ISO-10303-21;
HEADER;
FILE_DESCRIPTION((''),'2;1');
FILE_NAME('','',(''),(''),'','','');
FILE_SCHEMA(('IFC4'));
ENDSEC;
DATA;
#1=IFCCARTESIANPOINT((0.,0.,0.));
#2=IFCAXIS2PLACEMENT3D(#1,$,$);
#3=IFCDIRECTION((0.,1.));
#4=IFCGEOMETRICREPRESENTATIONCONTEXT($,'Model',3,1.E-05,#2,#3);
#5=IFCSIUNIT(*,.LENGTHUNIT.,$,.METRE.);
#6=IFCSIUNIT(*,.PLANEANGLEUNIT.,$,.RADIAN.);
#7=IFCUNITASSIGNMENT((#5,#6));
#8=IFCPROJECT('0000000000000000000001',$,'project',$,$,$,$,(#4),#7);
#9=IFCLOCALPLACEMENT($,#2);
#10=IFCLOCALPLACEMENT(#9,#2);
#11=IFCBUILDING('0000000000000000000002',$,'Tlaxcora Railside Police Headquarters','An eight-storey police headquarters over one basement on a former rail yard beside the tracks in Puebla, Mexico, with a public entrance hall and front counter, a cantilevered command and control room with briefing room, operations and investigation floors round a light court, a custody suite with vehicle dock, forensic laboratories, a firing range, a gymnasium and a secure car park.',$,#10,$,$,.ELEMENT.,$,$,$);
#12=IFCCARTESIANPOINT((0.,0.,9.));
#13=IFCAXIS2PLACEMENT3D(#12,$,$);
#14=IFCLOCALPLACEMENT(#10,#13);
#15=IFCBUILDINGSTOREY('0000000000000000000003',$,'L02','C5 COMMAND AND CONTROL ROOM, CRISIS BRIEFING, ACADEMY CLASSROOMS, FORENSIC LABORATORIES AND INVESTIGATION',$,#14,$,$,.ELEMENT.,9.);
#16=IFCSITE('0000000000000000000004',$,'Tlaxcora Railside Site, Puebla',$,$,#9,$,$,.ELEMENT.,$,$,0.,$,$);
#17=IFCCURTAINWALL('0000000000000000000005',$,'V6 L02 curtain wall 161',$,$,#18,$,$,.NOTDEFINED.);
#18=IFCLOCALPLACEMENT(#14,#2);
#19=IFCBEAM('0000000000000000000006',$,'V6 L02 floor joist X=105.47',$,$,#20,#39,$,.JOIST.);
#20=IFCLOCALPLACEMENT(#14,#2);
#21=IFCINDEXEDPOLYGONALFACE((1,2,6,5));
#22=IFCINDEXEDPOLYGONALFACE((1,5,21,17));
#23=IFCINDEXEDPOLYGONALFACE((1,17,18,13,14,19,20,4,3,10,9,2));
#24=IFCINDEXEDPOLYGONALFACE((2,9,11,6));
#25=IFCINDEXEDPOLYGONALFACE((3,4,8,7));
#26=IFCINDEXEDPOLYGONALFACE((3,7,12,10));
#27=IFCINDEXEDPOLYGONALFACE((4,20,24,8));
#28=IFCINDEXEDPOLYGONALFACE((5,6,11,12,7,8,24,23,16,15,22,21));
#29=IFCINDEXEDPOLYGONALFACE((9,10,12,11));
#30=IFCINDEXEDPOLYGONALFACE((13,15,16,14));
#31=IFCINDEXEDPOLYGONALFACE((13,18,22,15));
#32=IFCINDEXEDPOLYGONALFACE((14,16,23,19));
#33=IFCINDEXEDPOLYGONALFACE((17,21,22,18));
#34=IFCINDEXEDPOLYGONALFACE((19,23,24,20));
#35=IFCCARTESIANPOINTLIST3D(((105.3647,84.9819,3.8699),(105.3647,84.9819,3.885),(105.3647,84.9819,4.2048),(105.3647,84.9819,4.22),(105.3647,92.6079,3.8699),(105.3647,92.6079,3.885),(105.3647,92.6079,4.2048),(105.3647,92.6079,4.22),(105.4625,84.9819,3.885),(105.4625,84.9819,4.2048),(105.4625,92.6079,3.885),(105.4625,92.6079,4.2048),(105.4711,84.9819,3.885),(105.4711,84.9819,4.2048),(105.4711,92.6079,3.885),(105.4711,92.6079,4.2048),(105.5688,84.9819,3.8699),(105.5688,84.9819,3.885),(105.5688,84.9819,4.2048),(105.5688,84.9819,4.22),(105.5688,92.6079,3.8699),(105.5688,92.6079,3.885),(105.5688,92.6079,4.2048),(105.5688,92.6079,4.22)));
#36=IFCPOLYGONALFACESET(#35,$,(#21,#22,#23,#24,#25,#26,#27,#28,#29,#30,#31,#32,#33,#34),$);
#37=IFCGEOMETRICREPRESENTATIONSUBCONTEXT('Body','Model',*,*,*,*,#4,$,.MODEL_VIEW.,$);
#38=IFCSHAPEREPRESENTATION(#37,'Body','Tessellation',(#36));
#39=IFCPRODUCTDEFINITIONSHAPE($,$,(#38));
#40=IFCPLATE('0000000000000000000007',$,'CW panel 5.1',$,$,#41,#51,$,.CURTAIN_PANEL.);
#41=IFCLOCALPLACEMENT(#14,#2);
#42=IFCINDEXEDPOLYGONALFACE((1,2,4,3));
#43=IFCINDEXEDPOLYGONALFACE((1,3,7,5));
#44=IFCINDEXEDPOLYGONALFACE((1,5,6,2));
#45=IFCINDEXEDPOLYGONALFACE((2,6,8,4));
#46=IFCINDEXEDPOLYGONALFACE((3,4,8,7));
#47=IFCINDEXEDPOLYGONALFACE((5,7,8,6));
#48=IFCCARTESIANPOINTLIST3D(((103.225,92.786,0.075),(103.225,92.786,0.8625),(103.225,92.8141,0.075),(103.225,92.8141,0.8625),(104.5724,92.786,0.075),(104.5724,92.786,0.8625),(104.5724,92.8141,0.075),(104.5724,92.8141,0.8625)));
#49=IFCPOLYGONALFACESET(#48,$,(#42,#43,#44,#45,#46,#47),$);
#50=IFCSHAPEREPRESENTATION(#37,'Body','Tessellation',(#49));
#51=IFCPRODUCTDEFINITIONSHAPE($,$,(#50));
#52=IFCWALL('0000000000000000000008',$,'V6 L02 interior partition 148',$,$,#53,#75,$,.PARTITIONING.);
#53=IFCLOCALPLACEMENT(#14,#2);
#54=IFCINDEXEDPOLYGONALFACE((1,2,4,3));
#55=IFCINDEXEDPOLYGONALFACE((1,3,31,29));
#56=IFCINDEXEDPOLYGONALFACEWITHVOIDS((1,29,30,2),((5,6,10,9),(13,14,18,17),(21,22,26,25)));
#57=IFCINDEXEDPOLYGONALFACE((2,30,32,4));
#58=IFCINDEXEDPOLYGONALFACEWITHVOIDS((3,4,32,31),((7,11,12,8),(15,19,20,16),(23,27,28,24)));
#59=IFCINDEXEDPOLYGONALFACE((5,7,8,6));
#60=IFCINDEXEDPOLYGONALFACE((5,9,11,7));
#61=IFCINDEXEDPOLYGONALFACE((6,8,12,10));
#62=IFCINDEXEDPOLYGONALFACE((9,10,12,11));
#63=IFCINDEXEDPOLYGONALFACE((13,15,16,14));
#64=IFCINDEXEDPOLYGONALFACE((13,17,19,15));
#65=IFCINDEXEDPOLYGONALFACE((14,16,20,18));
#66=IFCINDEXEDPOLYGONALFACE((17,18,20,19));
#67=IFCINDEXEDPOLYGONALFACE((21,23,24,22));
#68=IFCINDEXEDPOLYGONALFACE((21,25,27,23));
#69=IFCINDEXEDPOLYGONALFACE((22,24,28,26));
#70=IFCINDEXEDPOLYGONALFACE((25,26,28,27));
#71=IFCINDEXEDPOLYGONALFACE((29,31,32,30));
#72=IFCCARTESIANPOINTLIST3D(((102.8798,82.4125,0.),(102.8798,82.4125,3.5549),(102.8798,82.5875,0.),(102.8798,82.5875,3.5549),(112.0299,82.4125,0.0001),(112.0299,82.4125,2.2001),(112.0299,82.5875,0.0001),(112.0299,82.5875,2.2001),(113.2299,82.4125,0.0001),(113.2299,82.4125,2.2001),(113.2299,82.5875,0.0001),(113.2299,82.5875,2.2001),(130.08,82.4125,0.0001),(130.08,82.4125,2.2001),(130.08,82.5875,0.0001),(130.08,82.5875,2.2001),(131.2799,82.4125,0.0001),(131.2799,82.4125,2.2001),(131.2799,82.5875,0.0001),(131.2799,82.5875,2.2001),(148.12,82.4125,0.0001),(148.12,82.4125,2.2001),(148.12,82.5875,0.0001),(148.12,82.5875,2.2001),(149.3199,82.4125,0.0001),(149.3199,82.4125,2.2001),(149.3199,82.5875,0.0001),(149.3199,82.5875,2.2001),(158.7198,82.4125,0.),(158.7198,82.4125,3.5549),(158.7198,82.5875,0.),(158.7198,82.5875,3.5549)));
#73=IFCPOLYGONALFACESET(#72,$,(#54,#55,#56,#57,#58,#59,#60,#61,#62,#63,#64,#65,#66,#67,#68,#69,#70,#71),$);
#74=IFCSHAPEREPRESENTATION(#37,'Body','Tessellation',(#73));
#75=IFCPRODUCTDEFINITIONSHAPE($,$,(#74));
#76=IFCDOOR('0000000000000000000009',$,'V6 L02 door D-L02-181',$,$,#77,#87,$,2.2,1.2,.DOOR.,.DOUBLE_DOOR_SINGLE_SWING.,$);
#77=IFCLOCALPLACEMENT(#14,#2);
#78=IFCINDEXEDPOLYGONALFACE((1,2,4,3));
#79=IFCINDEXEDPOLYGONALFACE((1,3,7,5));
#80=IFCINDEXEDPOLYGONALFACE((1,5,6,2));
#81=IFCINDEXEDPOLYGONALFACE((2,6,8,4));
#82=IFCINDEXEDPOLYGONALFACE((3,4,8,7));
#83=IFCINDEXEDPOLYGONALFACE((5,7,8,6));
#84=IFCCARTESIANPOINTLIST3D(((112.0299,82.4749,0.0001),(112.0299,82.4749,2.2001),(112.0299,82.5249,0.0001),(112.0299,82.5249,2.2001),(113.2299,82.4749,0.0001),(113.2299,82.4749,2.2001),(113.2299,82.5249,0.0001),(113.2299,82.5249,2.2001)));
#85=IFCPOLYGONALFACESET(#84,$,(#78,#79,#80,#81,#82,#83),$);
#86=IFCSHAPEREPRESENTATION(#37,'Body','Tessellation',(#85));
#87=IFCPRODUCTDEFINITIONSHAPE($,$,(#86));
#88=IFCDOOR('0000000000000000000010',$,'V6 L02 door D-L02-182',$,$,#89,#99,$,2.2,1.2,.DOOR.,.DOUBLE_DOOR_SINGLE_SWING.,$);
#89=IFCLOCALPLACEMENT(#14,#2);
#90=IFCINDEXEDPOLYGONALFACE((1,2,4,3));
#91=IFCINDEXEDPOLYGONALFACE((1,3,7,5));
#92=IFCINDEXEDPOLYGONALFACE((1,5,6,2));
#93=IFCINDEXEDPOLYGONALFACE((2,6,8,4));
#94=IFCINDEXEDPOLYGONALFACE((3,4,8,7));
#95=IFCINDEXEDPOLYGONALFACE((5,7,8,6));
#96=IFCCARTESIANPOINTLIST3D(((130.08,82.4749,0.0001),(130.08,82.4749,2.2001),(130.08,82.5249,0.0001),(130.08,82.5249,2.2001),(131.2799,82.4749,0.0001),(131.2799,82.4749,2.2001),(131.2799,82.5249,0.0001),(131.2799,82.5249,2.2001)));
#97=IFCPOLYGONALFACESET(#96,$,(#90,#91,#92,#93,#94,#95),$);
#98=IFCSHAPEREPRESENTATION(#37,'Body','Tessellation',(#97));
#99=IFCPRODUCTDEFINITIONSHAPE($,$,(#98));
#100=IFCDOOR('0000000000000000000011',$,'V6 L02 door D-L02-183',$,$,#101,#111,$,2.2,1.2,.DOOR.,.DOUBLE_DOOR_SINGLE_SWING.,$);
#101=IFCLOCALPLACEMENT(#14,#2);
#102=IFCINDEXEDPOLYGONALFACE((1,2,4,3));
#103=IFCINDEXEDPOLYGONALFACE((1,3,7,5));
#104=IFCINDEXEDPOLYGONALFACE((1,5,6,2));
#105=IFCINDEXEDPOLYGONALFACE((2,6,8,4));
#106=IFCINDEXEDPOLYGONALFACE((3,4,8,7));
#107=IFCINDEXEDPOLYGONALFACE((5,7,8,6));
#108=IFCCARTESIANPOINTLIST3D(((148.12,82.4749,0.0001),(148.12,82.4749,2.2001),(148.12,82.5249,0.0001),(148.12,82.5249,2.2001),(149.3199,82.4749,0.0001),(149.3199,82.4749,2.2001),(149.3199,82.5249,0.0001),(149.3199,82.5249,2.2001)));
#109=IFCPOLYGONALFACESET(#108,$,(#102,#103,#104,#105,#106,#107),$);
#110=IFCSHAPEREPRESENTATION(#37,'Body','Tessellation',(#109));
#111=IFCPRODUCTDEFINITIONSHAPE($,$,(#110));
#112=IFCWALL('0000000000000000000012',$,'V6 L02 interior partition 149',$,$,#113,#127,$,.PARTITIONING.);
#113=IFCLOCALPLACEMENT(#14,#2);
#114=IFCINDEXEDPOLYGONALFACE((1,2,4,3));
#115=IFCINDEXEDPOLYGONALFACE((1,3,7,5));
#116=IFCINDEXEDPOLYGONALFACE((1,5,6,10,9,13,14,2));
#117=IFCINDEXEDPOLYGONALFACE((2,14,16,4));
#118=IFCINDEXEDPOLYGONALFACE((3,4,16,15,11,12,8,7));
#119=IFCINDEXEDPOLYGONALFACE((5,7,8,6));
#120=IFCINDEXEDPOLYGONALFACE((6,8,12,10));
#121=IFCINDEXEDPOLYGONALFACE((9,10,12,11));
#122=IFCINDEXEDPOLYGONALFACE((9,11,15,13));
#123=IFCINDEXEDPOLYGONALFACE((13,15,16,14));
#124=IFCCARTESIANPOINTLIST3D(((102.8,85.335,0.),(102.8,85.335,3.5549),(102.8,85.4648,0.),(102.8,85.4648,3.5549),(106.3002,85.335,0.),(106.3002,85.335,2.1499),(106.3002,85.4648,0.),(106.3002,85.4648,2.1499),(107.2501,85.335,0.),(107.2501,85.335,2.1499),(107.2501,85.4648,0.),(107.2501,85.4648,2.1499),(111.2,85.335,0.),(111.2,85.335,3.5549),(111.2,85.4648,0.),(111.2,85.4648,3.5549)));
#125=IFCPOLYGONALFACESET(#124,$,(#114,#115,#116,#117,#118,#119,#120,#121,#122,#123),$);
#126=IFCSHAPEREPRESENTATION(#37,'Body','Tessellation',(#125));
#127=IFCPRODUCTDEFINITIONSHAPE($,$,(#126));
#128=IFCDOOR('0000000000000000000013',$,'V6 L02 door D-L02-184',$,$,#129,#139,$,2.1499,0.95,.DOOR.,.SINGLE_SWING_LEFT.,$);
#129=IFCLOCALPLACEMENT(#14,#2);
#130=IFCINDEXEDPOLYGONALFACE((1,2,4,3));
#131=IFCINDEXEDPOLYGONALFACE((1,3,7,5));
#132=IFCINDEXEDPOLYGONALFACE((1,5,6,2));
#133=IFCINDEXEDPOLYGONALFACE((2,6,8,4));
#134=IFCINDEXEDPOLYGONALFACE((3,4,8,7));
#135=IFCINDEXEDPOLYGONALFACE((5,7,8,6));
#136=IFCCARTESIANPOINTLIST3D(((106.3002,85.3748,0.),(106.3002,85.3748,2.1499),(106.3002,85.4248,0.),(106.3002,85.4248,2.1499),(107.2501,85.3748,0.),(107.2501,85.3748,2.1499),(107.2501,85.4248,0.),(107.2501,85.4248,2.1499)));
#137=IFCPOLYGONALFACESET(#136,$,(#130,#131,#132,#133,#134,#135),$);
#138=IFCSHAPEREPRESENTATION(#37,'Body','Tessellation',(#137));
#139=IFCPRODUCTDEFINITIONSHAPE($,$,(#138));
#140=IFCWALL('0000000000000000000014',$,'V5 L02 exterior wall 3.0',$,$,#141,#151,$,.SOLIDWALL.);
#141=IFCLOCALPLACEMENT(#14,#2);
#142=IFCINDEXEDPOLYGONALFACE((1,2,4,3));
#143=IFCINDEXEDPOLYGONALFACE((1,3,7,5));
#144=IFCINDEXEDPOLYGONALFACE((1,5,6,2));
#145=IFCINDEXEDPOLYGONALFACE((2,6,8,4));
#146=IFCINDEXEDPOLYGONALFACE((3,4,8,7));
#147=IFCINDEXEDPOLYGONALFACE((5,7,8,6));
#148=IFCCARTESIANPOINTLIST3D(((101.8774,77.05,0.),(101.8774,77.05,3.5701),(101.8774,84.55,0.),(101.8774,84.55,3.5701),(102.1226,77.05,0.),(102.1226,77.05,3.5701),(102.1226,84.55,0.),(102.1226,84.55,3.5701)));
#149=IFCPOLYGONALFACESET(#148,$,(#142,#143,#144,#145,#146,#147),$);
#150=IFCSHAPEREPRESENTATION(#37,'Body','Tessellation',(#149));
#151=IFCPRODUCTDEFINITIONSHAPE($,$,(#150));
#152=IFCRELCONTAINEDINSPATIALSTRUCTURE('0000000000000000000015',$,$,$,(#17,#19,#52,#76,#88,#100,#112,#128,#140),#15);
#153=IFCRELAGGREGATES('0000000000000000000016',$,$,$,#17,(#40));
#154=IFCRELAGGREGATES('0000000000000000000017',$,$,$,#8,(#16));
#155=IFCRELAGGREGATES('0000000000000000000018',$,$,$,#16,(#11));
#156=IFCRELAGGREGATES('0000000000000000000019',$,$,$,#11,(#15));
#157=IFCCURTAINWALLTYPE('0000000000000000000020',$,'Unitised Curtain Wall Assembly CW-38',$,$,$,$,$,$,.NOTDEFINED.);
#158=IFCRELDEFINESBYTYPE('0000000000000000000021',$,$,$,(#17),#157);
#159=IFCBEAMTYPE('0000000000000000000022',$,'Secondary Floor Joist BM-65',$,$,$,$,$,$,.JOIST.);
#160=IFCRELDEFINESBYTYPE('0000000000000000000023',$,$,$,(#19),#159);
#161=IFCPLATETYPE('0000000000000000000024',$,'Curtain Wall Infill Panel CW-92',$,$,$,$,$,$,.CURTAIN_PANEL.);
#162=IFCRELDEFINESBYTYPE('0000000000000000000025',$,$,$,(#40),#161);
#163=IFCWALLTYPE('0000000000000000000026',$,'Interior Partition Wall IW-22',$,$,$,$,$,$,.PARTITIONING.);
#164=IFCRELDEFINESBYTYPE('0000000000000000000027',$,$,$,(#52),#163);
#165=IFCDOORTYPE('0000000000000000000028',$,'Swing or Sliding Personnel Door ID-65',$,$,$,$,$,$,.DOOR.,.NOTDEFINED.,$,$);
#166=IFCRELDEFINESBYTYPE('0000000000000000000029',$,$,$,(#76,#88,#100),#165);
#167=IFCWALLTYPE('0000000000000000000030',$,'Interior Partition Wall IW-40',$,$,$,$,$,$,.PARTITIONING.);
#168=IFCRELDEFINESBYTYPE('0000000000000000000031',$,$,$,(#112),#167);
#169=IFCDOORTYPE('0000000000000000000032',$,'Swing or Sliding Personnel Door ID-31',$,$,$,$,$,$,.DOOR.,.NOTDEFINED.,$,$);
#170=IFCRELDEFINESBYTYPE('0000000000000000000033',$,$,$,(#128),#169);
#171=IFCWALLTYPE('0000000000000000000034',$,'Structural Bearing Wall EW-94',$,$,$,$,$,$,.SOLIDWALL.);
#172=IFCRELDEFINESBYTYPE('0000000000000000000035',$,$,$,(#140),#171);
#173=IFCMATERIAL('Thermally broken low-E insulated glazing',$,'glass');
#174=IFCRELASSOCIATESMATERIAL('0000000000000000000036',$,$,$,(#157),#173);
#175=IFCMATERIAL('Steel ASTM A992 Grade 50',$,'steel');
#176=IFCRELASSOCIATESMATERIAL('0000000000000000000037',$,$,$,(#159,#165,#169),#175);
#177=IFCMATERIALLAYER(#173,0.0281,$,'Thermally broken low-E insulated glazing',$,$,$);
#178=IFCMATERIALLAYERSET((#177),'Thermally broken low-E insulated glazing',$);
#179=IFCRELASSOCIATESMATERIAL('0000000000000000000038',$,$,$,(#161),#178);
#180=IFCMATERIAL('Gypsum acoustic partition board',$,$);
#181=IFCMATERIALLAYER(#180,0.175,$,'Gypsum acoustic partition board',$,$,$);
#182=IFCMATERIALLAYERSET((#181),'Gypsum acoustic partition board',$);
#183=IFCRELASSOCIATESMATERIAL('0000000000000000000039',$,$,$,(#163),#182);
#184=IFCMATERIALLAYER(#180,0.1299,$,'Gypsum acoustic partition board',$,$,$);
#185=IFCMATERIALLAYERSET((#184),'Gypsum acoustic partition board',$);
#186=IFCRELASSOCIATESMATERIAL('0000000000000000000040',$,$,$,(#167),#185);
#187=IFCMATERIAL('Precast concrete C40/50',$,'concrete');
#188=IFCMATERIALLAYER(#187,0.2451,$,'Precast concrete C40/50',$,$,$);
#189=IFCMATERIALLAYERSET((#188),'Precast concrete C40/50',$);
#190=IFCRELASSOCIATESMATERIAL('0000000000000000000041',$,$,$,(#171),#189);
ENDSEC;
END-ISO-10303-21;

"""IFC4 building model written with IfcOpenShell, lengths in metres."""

from ifc_helpers import new_model, si_unit, direction, frame, frame_2d, origin, origin_2d, place, context, subcontext, project, spatial, rectangle, i_section, extrude, material, layer, layer_set, material_profile, profile_set, type_object, element, fill, aggregate, save


model = new_model("IFC4")

# Units and contexts
model_context = context("Model", 3, precision=1e-05, world=origin(), true_north=direction((0.0, 1.0)))
body_context = subcontext(model_context, "Body", "Model", "MODEL_VIEW")
ifc_project = project(units=[si_unit("LENGTHUNIT", "METRE"), si_unit("PLANEANGLEUNIT", "RADIAN")], contexts=[model_context])

# Site, building, storey
site_placement = place(None, origin())
site = spatial("IfcSite", under=ifc_project, at=site_placement, Name="Tlaxcora Railside Site, Puebla", CompositionType="ELEMENT", RefElevation=0.0)
building_placement = place(site_placement, origin())
building = spatial("IfcBuilding", under=site, at=building_placement, Name="Tlaxcora Railside Police Headquarters", Description="An eight-storey police headquarters over one basement on a former rail yard beside the tracks in Puebla, Mexico, with a public entrance hall and front counter, a cantilevered command and control room with briefing room, operations and investigation floors round a light court, a custody suite with vehicle dock, forensic laboratories, a firing range, a gymnasium and a secure car park.", CompositionType="ELEMENT")
storey_placement = place(building_placement, frame((0.0, 0.0, 9.0)))
storey = spatial("IfcBuildingStorey", under=building, at=storey_placement, Name="L02", Description="C5 COMMAND AND CONTROL ROOM, CRISIS BRIEFING, ACADEMY CLASSROOMS, FORENSIC LABORATORIES AND INVESTIGATION", CompositionType="ELEMENT", Elevation=9.0)

# Curtain wall
ifc_material_1 = material(Name="Thermally broken low-E insulated glazing", Category="glass")
curtain_wall_type = type_object("IfcCurtainWallType", Name="Unitised Curtain Wall Assembly CW-38", PredefinedType="NOTDEFINED", material=ifc_material_1)
curtain_wall_placement = place(storey_placement, origin())
curtain_wall = element("IfcCurtainWall", 1, at=curtain_wall_placement, inside=storey, type_object=curtain_wall_type, Name="V6 L02 curtain wall 161", PredefinedType="NOTDEFINED")

# Beam
ifc_material_2 = material(Name="Steel ASTM A992 Grade 50", Category="steel")
ifc_material_profile_1 = material_profile(ifc_material_2, i_section(OverallWidth=0.2041, OverallDepth=0.3501, WebThickness=0.0085, FlangeThickness=0.0151, at=origin_2d()), Name="W14X48")
ifc_profile_set_1 = profile_set([ifc_material_profile_1], Name="Steel ASTM A992 Grade 50")
beam_type_1 = type_object("IfcBeamType", Name="Secondary Floor Joist BM-65", PredefinedType="JOIST", material=ifc_profile_set_1)
for number, where, z_axis, x_axis, name in (
    (2, (105.4668, 84.9819, 4.0449), (0.0, 1.0, 0.0), (-1.0, 0.0, 0.0), "V6 L02 floor joist X=105.47"),
):
    element("IfcBeam", number, at=place(storey_placement, frame(where, z_axis=z_axis, x_axis=x_axis)), inside=storey, type_object=beam_type_1, Name=name, PredefinedType="JOIST", context=body_context, shape_type="SweptSolid", body=[
        extrude(i_section(OverallWidth=0.2041, OverallDepth=0.3501, WebThickness=0.0085, FlangeThickness=0.0151, at=origin_2d()), origin(), (0.0, 0.0, 1.0), 7.626),
    ])

# Plate
ifc_layer_1 = layer(ifc_material_1, 0.0281, Name="Thermally broken low-E insulated glazing")
ifc_layer_set_1 = layer_set([ifc_layer_1], Name="Thermally broken low-E insulated glazing")
plate_type = type_object("IfcPlateType", Name="Curtain Wall Infill Panel CW-92", PredefinedType="CURTAIN_PANEL", material=ifc_layer_set_1)
plate_placement = place(storey_placement, frame((103.8987, 92.8, 0.075), z_axis=(0.0, 0.0, 1.0), x_axis=(-1.0, 0.0, 0.0)))
plate = element("IfcPlate", 3, at=plate_placement, type_object=plate_type, Name="CW panel 5.1", PredefinedType="CURTAIN_PANEL", context=body_context, shape_type="SweptSolid", body=[
    extrude(rectangle(XDim=1.3474, YDim=0.0281, at=origin_2d()), origin(), (0.0, 0.0, 1.0), 0.7876),
])
aggregate(curtain_wall, [plate])

# Wall, openings, doors
ifc_material_3 = material(Name="Gypsum acoustic partition board")
ifc_layer_2 = layer(ifc_material_3, 0.175, Name="Gypsum acoustic partition board")
ifc_layer_set_2 = layer_set([ifc_layer_2], Name="Gypsum acoustic partition board")
wall_type_1 = type_object("IfcWallType", Name="Interior Partition Wall IW-22", PredefinedType="PARTITIONING", material=ifc_layer_set_2)
wall_1_placement = place(storey_placement, frame((102.8799, 82.5, 0.0), z_axis=(0.0, 0.0, 1.0), x_axis=(1.0, 0.0, 0.0)))
wall_1 = element("IfcWall", 4, at=wall_1_placement, inside=storey, type_object=wall_type_1, Name="V6 L02 interior partition 148", PredefinedType="PARTITIONING", context=body_context, shape_type="SweptSolid", body=[
    extrude(rectangle(XDim=55.8401, YDim=0.175, at=frame_2d((27.9199, 0.0))), origin(), (0.0, 0.0, 1.0), 3.5549),
])
opening_1_placement = place(wall_1_placement, frame((9.1499, 0.0, 0.0)))
opening_1 = element("IfcOpeningElement", 5, at=opening_1_placement, cuts=wall_1, PredefinedType="OPENING", context=body_context, shape_type="SweptSolid", body=[
    extrude(rectangle(XDim=1.2, YDim=2.2, at=frame_2d((0.6001, 1.1001))), frame((0.0, 0.0977, 0.0), z_axis=(0.0, -1.0, 0.0), x_axis=(1.0, 0.0, 0.0)), (0.0, 0.0, 1.0), 0.1951),
])
opening_2_placement = place(wall_1_placement, frame((27.2, 0.0, 0.0)))
opening_2 = element("IfcOpeningElement", 6, at=opening_2_placement, cuts=wall_1, PredefinedType="OPENING", context=body_context, shape_type="SweptSolid", body=[
    extrude(rectangle(XDim=1.2, YDim=2.2, at=frame_2d((0.6001, 1.1001))), frame((0.0, 0.0977, 0.0), z_axis=(0.0, -1.0, 0.0), x_axis=(1.0, 0.0, 0.0)), (0.0, 0.0, 1.0), 0.1951),
])
opening_3_placement = place(wall_1_placement, frame((45.24, 0.0, 0.0)))
opening_3 = element("IfcOpeningElement", 7, at=opening_3_placement, cuts=wall_1, PredefinedType="OPENING", context=body_context, shape_type="SweptSolid", body=[
    extrude(rectangle(XDim=1.2, YDim=2.2, at=frame_2d((0.6001, 1.1001))), frame((0.0, 0.0977, 0.0), z_axis=(0.0, -1.0, 0.0), x_axis=(1.0, 0.0, 0.0)), (0.0, 0.0, 1.0), 0.1951),
])
door_type_1 = type_object("IfcDoorType", Name="Swing or Sliding Personnel Door ID-65", OperationType="NOTDEFINED", PredefinedType="DOOR", material=ifc_material_2)
door_1_placement = place(opening_1_placement, origin())
door_1 = element("IfcDoor", 8, at=door_1_placement, inside=storey, type_object=door_type_1, Name="V6 L02 door D-L02-181", OperationType="DOUBLE_DOOR_SINGLE_SWING", OverallHeight=2.2, OverallWidth=1.2, PredefinedType="DOOR", context=body_context, shape_type="SweptSolid", body=[
    extrude(rectangle(XDim=1.2, YDim=2.2, at=frame_2d((0.6001, 1.1001))), frame((0.0, 0.0249, 0.0), z_axis=(0.0, -1.0, 0.0), x_axis=(1.0, 0.0, 0.0)), (0.0, 0.0, 1.0), 0.05),
])
fill(opening_1, door_1)
door_2_placement = place(opening_2_placement, origin())
door_2 = element("IfcDoor", 9, at=door_2_placement, inside=storey, type_object=door_type_1, Name="V6 L02 door D-L02-182", OperationType="DOUBLE_DOOR_SINGLE_SWING", OverallHeight=2.2, OverallWidth=1.2, PredefinedType="DOOR", context=body_context, shape_type="SweptSolid", body=[
    extrude(rectangle(XDim=1.2, YDim=2.2, at=frame_2d((0.6001, 1.1001))), frame((0.0, 0.0249, 0.0), z_axis=(0.0, -1.0, 0.0), x_axis=(1.0, 0.0, 0.0)), (0.0, 0.0, 1.0), 0.05),
])
fill(opening_2, door_2)
door_3_placement = place(opening_3_placement, origin())
door_3 = element("IfcDoor", 10, at=door_3_placement, inside=storey, type_object=door_type_1, Name="V6 L02 door D-L02-183", OperationType="DOUBLE_DOOR_SINGLE_SWING", OverallHeight=2.2, OverallWidth=1.2, PredefinedType="DOOR", context=body_context, shape_type="SweptSolid", body=[
    extrude(rectangle(XDim=1.2, YDim=2.2, at=frame_2d((0.6001, 1.1001))), frame((0.0, 0.0249, 0.0), z_axis=(0.0, -1.0, 0.0), x_axis=(1.0, 0.0, 0.0)), (0.0, 0.0, 1.0), 0.05),
])
fill(opening_3, door_3)

# Wall, opening, door
ifc_layer_3 = layer(ifc_material_3, 0.1299, Name="Gypsum acoustic partition board")
ifc_layer_set_3 = layer_set([ifc_layer_3], Name="Gypsum acoustic partition board")
wall_type_2 = type_object("IfcWallType", Name="Interior Partition Wall IW-40", PredefinedType="PARTITIONING", material=ifc_layer_set_3)
wall_2_placement = place(storey_placement, frame((102.8, 85.3999, 0.0), z_axis=(0.0, 0.0, 1.0), x_axis=(1.0, 0.0, 0.0)))
wall_2 = element("IfcWall", 11, at=wall_2_placement, inside=storey, type_object=wall_type_2, Name="V6 L02 interior partition 149", PredefinedType="PARTITIONING", context=body_context, shape_type="SweptSolid", body=[
    extrude(rectangle(XDim=8.3999, YDim=0.1299, at=frame_2d((4.2, 0.0))), origin(), (0.0, 0.0, 1.0), 3.5549),
])
opening_4_placement = place(wall_2_placement, frame((3.5, 0.0, 0.0)))
opening_4 = element("IfcOpeningElement", 12, at=opening_4_placement, cuts=wall_2, PredefinedType="OPENING", context=body_context, shape_type="SweptSolid", body=[
    extrude(rectangle(XDim=0.95, YDim=2.1499, at=frame_2d((0.4751, 1.075))), frame((0.0, 0.075, 0.0), z_axis=(0.0, -1.0, 0.0), x_axis=(1.0, 0.0, 0.0)), (0.0, 0.0, 1.0), 0.1499),
])
door_type_2 = type_object("IfcDoorType", Name="Swing or Sliding Personnel Door ID-31", OperationType="NOTDEFINED", PredefinedType="DOOR", material=ifc_material_2)
door_4_placement = place(opening_4_placement, origin())
door_4 = element("IfcDoor", 13, at=door_4_placement, inside=storey, type_object=door_type_2, Name="V6 L02 door D-L02-184", OperationType="SINGLE_SWING_LEFT", OverallHeight=2.1499, OverallWidth=0.95, PredefinedType="DOOR", context=body_context, shape_type="SweptSolid", body=[
    extrude(rectangle(XDim=0.95, YDim=2.1499, at=frame_2d((0.4751, 1.075))), frame((0.0, 0.0249, 0.0), z_axis=(0.0, -1.0, 0.0), x_axis=(1.0, 0.0, 0.0)), (0.0, 0.0, 1.0), 0.05),
])
fill(opening_4, door_4)

# Wall
ifc_material_4 = material(Name="Precast concrete C40/50", Category="concrete")
ifc_layer_4 = layer(ifc_material_4, 0.2451, Name="Precast concrete C40/50")
ifc_layer_set_4 = layer_set([ifc_layer_4], Name="Precast concrete C40/50")
wall_type_3 = type_object("IfcWallType", Name="Structural Bearing Wall EW-94", PredefinedType="SOLIDWALL", material=ifc_layer_set_4)
wall_3_placement = place(storey_placement, frame((102.0, 77.05, 0.0), z_axis=(0.0, 0.0, 1.0), x_axis=(0.0, 1.0, 0.0)))
element("IfcWall", 14, at=wall_3_placement, inside=storey, type_object=wall_type_3, Name="V5 L02 exterior wall 3.0", PredefinedType="SOLIDWALL", context=body_context, shape_type="SweptSolid", body=[
    extrude(rectangle(XDim=7.5, YDim=0.2451, at=frame_2d((3.75, 0.0))), origin(), (0.0, 0.0, 1.0), 3.5701),
])

save(model, "model.ifc")
